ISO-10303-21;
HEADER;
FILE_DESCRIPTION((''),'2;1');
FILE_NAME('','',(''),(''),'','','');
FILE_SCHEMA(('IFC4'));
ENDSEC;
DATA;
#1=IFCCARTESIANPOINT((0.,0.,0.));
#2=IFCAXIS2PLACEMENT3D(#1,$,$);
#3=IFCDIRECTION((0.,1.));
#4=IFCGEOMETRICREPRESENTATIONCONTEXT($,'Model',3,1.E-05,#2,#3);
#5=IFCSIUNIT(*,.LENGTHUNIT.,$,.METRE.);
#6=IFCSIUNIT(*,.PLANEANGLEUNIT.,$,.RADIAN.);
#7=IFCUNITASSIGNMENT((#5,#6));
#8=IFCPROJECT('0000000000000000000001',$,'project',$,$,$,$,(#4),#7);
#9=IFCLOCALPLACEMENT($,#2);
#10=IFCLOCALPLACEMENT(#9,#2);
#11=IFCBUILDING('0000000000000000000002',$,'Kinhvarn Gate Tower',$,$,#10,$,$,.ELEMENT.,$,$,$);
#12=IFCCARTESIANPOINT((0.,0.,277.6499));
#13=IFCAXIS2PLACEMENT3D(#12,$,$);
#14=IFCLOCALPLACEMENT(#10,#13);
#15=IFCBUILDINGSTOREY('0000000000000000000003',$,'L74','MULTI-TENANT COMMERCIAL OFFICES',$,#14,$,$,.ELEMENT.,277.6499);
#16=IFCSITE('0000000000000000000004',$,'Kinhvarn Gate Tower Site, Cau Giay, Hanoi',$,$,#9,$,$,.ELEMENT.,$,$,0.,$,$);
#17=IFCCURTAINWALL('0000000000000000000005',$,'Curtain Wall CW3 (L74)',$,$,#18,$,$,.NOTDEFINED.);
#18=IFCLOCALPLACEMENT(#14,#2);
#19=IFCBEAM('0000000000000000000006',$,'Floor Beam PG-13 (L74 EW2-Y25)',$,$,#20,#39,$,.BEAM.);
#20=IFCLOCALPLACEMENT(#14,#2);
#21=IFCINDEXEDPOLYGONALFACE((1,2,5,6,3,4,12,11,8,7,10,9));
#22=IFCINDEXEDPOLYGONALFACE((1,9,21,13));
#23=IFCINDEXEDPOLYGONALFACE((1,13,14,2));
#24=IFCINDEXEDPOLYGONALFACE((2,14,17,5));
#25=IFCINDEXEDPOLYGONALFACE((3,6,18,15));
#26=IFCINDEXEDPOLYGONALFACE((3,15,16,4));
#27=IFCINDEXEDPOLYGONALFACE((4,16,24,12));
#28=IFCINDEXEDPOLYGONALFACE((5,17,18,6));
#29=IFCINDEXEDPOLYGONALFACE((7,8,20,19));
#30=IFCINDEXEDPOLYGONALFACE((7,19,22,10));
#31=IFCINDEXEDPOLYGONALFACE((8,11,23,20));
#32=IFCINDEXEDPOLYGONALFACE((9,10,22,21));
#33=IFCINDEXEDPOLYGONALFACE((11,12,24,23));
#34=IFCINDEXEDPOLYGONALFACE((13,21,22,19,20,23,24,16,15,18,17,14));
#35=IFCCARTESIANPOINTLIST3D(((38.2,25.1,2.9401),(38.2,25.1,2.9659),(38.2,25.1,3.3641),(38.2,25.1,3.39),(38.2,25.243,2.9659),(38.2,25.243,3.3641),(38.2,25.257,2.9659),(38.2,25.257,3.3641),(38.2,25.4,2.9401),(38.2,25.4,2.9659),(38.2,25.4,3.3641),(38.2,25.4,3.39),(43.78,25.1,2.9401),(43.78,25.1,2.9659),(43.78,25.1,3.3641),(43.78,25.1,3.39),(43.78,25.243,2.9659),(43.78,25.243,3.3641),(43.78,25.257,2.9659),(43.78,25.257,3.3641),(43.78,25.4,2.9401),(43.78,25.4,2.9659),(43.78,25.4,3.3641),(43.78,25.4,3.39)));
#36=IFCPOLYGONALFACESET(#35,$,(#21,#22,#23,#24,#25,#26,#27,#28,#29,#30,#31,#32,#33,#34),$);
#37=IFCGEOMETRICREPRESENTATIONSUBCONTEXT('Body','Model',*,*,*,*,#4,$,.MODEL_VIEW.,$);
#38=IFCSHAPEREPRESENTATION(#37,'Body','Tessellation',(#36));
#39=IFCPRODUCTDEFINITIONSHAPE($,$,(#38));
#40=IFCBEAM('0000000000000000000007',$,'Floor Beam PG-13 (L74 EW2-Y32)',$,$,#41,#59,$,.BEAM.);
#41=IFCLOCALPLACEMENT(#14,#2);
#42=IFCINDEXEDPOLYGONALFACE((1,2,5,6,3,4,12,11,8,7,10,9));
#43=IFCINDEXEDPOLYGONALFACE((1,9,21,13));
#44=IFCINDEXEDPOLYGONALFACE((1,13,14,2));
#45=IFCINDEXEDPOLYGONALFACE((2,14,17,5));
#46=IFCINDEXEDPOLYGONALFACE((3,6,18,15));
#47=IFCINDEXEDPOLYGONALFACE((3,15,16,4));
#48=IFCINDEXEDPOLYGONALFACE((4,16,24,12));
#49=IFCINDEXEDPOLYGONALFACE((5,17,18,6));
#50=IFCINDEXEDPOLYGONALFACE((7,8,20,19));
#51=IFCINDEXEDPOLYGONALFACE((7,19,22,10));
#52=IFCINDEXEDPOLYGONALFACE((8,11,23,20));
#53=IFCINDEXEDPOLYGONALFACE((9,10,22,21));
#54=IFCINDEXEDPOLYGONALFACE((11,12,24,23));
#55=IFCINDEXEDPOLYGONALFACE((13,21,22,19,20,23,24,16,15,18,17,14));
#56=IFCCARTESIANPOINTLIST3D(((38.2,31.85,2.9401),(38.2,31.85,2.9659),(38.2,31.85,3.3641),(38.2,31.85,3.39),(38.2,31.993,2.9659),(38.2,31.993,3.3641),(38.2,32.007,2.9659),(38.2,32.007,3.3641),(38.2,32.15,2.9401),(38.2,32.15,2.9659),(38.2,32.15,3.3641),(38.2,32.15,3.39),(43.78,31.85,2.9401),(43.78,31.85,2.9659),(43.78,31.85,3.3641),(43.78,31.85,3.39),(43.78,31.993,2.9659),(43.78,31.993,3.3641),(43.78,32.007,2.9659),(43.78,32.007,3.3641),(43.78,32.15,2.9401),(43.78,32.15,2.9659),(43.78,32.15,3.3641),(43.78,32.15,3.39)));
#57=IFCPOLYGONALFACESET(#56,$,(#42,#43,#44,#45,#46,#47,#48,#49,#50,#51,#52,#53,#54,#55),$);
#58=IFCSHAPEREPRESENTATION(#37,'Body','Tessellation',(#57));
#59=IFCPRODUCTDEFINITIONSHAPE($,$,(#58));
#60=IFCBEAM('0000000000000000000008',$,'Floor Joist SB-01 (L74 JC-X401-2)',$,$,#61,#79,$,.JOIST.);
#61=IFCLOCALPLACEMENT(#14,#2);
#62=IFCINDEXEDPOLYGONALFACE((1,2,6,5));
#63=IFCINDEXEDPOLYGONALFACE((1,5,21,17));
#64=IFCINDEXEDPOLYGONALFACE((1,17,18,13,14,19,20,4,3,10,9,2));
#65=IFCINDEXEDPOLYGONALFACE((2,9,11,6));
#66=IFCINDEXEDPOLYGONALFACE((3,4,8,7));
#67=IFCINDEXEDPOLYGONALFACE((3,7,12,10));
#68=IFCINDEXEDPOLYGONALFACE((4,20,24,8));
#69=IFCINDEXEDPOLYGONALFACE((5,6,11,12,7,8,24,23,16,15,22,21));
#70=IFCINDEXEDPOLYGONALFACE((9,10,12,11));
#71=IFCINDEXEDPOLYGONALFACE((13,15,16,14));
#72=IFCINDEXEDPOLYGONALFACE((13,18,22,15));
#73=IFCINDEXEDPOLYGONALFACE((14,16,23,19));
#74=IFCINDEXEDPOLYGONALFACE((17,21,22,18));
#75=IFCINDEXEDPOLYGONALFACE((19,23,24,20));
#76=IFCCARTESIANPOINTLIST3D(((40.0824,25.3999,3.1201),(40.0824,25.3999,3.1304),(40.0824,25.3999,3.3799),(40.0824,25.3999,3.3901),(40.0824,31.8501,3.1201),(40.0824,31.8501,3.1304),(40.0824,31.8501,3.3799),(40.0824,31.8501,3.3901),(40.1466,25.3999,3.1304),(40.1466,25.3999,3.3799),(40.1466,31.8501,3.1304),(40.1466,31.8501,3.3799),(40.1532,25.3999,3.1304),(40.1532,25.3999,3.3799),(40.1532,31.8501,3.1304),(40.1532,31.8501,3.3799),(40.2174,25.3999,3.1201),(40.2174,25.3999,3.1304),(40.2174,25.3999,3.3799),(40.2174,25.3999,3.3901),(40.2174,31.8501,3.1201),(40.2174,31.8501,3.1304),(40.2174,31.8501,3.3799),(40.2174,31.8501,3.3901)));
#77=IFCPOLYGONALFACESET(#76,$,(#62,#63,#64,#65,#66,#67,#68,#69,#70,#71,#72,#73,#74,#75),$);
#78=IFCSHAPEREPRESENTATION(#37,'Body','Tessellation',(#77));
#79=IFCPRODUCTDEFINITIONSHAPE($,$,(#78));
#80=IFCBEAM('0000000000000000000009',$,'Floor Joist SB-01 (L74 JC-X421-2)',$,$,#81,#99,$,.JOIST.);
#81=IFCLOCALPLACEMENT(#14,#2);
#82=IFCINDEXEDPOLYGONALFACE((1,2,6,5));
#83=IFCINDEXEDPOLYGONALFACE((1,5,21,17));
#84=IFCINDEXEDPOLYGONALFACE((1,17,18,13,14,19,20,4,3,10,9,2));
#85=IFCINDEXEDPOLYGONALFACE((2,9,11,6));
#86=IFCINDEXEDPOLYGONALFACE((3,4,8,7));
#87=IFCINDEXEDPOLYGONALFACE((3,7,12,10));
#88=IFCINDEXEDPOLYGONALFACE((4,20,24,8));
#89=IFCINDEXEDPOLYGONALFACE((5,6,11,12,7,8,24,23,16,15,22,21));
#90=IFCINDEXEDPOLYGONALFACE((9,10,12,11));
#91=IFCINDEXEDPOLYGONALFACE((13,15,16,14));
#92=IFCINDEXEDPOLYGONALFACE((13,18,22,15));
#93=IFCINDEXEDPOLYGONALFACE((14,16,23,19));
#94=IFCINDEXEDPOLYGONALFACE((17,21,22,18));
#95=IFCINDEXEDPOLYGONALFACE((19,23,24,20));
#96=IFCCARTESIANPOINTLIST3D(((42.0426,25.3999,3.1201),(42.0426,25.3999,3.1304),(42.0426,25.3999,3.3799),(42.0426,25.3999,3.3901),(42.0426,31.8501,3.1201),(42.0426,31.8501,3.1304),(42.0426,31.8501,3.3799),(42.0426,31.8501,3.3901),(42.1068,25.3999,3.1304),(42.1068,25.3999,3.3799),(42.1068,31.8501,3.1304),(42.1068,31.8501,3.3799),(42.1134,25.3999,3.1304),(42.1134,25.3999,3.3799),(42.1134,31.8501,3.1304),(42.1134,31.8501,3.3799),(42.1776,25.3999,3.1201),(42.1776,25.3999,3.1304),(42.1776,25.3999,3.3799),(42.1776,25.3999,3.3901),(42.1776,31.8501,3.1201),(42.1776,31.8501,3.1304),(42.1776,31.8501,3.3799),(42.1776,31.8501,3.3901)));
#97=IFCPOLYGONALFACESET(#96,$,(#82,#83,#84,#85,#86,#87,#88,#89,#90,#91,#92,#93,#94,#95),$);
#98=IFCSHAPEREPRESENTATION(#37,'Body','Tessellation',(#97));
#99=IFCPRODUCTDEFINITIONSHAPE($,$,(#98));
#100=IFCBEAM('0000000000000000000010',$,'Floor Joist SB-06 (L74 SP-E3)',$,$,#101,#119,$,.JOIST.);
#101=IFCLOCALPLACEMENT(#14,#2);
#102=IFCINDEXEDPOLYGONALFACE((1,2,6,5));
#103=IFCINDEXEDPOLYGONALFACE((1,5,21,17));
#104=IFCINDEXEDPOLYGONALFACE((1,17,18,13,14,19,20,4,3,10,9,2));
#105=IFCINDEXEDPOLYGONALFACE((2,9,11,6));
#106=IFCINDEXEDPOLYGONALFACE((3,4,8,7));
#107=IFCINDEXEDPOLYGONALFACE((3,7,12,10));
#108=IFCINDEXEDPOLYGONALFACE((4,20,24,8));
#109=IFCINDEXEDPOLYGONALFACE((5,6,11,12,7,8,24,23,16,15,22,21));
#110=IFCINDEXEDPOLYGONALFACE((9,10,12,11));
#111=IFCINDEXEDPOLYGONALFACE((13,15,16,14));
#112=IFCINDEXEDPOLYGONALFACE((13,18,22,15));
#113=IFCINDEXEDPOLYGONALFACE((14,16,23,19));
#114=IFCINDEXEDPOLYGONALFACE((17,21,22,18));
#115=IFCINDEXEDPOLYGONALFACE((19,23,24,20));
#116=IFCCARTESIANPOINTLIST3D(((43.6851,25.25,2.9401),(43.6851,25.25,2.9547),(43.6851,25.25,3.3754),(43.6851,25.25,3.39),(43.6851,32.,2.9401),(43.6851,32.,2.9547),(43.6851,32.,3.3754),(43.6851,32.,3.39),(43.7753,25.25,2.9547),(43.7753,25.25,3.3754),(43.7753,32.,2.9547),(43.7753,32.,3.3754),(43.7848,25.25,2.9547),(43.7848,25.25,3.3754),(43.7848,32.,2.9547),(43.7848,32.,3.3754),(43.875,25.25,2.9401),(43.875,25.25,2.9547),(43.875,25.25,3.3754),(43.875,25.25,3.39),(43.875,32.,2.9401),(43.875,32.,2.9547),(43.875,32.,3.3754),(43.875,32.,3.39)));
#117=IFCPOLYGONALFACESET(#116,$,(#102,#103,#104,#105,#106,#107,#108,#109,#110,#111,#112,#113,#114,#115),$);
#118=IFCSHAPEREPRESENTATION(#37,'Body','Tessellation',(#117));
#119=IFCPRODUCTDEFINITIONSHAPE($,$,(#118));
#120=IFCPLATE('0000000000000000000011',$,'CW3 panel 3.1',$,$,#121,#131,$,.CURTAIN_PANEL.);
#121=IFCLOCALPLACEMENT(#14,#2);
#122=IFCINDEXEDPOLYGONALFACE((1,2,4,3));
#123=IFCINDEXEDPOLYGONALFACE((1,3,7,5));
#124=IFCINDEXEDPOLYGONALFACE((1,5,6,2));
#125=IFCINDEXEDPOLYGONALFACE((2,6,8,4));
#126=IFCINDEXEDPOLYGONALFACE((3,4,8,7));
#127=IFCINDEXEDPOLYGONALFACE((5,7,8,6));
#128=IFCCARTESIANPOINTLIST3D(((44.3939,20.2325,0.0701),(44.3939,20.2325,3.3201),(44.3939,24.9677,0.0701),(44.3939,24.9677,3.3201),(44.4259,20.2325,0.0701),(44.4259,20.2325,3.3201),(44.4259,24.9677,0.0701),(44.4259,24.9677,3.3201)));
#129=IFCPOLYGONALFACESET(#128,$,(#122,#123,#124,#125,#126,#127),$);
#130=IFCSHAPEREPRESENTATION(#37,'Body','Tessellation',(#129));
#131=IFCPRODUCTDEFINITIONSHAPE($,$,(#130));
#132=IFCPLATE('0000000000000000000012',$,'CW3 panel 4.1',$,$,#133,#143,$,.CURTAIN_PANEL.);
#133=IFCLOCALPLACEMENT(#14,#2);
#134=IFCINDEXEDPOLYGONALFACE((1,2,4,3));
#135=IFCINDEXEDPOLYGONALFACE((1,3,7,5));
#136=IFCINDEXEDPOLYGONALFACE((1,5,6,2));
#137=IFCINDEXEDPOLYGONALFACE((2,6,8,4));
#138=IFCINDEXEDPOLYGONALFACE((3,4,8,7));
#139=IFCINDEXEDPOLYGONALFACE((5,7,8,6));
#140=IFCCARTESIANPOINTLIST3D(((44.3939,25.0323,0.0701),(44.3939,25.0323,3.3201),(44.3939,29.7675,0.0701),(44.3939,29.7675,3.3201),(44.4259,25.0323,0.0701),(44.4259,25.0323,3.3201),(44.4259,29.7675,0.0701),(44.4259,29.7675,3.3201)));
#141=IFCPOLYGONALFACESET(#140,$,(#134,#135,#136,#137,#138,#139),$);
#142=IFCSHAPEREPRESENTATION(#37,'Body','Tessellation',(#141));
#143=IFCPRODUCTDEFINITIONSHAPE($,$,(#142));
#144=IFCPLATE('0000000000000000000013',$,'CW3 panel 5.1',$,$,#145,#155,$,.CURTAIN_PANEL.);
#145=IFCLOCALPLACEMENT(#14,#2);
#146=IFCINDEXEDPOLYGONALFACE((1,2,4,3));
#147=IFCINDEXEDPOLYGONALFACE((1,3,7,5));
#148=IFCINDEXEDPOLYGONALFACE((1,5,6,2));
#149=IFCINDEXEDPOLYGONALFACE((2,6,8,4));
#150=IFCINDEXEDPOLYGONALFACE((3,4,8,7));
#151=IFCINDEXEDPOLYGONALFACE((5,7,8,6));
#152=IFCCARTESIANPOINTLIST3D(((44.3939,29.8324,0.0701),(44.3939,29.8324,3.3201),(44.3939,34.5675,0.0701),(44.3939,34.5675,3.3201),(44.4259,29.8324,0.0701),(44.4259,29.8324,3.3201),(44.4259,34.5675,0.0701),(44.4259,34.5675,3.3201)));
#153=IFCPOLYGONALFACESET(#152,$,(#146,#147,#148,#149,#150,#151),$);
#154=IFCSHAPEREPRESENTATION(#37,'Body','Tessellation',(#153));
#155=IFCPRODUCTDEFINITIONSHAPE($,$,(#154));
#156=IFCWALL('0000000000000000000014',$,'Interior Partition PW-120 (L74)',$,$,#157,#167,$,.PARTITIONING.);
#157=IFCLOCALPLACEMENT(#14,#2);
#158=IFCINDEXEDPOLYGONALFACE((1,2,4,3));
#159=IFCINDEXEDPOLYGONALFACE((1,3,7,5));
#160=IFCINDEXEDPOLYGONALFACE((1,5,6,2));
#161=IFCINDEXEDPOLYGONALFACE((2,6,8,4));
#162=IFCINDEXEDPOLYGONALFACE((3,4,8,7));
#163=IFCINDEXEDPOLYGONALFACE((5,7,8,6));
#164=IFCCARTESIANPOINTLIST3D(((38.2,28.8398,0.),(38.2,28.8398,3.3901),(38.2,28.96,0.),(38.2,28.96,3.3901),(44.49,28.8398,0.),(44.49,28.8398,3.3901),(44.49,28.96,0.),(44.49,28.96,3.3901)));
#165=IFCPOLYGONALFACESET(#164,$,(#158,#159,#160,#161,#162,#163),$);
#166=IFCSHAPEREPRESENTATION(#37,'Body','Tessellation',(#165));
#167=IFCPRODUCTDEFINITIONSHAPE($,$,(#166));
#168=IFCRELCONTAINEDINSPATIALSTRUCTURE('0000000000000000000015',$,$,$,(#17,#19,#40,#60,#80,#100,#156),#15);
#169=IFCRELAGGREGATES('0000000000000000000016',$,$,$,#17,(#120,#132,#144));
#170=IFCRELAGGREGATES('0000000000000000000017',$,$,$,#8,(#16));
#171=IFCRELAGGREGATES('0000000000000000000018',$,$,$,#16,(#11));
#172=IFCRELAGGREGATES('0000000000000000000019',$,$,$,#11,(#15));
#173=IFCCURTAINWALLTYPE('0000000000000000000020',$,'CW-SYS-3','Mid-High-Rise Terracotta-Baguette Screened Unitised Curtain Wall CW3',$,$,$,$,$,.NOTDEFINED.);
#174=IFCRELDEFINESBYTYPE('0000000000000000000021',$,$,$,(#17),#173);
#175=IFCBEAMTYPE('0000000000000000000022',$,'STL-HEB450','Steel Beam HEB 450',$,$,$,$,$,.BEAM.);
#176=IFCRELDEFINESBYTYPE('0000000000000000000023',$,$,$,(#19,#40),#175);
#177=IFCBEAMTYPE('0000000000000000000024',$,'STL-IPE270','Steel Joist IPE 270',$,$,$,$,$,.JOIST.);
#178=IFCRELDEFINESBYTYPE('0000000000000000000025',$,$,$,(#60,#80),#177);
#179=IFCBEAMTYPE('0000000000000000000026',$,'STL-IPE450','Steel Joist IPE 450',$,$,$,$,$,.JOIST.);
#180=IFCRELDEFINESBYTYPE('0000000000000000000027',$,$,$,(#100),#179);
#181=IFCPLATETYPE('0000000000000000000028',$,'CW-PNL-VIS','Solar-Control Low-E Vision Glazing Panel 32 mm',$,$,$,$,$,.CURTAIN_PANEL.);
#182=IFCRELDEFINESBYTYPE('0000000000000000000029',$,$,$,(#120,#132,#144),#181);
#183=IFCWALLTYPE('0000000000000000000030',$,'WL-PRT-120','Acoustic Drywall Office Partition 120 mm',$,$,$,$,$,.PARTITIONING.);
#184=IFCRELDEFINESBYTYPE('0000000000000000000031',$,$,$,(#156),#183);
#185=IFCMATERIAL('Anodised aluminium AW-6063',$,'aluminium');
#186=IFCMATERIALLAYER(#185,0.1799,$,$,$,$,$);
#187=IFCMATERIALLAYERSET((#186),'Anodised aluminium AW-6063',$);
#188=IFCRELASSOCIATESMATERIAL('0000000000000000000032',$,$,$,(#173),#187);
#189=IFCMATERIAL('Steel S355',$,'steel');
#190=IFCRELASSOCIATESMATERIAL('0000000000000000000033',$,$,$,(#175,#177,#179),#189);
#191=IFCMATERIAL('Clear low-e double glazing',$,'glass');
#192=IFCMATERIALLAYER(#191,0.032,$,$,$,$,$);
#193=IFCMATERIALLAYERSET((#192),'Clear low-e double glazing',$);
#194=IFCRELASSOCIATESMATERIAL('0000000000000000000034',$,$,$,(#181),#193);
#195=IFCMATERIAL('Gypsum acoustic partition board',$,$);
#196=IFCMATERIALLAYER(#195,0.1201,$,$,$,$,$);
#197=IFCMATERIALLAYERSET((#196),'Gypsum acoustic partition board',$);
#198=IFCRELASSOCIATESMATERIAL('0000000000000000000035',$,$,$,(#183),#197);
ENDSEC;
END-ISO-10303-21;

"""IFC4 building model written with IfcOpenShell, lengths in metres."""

from ifc_helpers import new_model, si_unit, direction, frame, frame_2d, origin, origin_2d, place, context, subcontext, project, spatial, rectangle, i_section, extrude, material, layer, layer_set, material_profile, profile_set, type_object, element, aggregate, save


model = new_model("IFC4")

# Units and contexts
model_context = context("Model", 3, precision=1e-05, world=origin(), true_north=direction((0.0, 1.0)))
body_context = subcontext(model_context, "Body", "Model", "MODEL_VIEW")
ifc_project = project(units=[si_unit("LENGTHUNIT", "METRE"), si_unit("PLANEANGLEUNIT", "RADIAN")], contexts=[model_context])

# Site, building, storey
site_placement = place(None, origin())
site = spatial("IfcSite", under=ifc_project, at=site_placement, Name="Kinhvarn Gate Tower Site, Cau Giay, Hanoi", CompositionType="ELEMENT", RefElevation=0.0)
building_placement = place(site_placement, origin())
building = spatial("IfcBuilding", under=site, at=building_placement, Name="Kinhvarn Gate Tower", CompositionType="ELEMENT")
storey_placement = place(building_placement, frame((0.0, 0.0, 277.6499)))
storey = spatial("IfcBuildingStorey", under=building, at=storey_placement, Name="L74", Description="MULTI-TENANT COMMERCIAL OFFICES", CompositionType="ELEMENT", Elevation=277.6499)

# Curtain wall
ifc_material_1 = material(Name="Anodised aluminium AW-6063", Category="aluminium")
ifc_layer_1 = layer(ifc_material_1, 0.1799)
ifc_layer_set_1 = layer_set([ifc_layer_1], Name="Anodised aluminium AW-6063")
curtain_wall_type = type_object("IfcCurtainWallType", Name="CW-SYS-3", Description="Mid-High-Rise Terracotta-Baguette Screened Unitised Curtain Wall CW3", PredefinedType="NOTDEFINED", material=ifc_layer_set_1)
curtain_wall_placement = place(storey_placement, origin())
curtain_wall = element("IfcCurtainWall", 1, at=curtain_wall_placement, inside=storey, type_object=curtain_wall_type, Name="Curtain Wall CW3 (L74)", PredefinedType="NOTDEFINED")

# Beams
ifc_material_2 = material(Name="Steel S355", Category="steel")
ifc_material_profile_1 = material_profile(ifc_material_2, i_section(OverallWidth=0.3, OverallDepth=0.45, WebThickness=0.0139, FlangeThickness=0.0259, at=origin_2d()), Name="HEB 450")
ifc_profile_set_1 = profile_set([ifc_material_profile_1], Name="Steel S355")
beam_type_1 = type_object("IfcBeamType", Name="STL-HEB450", Description="Steel Beam HEB 450", PredefinedType="BEAM", material=ifc_profile_set_1)
for number, where, z_axis, x_axis, name in (
    (2, (38.2, 25.25, 3.165), (1.0, 0.0, 0.0), (0.0, 1.0, 0.0), "Floor Beam PG-13 (L74 EW2-Y25)"),
    (3, (38.2, 32.0, 3.165), (1.0, 0.0, 0.0), (0.0, 1.0, 0.0), "Floor Beam PG-13 (L74 EW2-Y32)"),
):
    element("IfcBeam", number, at=place(storey_placement, frame(where, z_axis=z_axis, x_axis=x_axis)), inside=storey, type_object=beam_type_1, Name=name, PredefinedType="BEAM", context=body_context, shape_type="SweptSolid", body=[
        extrude(i_section(OverallWidth=0.3, OverallDepth=0.45, WebThickness=0.0139, FlangeThickness=0.0259, at=origin_2d()), origin(), (0.0, 0.0, 1.0), 5.5801),
    ])
ifc_material_profile_2 = material_profile(ifc_material_2, i_section(OverallWidth=0.135, OverallDepth=0.27, WebThickness=0.0066, FlangeThickness=0.0103, at=origin_2d()), Name="IPE 270")
ifc_profile_set_2 = profile_set([ifc_material_profile_2], Name="Steel S355")
beam_type_2 = type_object("IfcBeamType", Name="STL-IPE270", Description="Steel Joist IPE 270", PredefinedType="JOIST", material=ifc_profile_set_2)
for number, where, z_axis, x_axis, name in (
    (4, (40.1499, 25.3999, 3.2551), (0.0, 1.0, 0.0), (-1.0, 0.0, 0.0), "Floor Joist SB-01 (L74 JC-X401-2)"),
    (5, (42.1101, 25.3999, 3.2551), (0.0, 1.0, 0.0), (-1.0, 0.0, 0.0), "Floor Joist SB-01 (L74 JC-X421-2)"),
):
    element("IfcBeam", number, at=place(storey_placement, frame(where, z_axis=z_axis, x_axis=x_axis)), inside=storey, type_object=beam_type_2, Name=name, PredefinedType="JOIST", context=body_context, shape_type="SweptSolid", body=[
        extrude(i_section(OverallWidth=0.135, OverallDepth=0.27, WebThickness=0.0066, FlangeThickness=0.0103, at=origin_2d()), origin(), (0.0, 0.0, 1.0), 6.4502),
    ])
ifc_material_profile_3 = material_profile(ifc_material_2, i_section(OverallWidth=0.1899, OverallDepth=0.45, WebThickness=0.0095, FlangeThickness=0.0146, at=origin_2d()), Name="IPE 450")
ifc_profile_set_3 = profile_set([ifc_material_profile_3], Name="Steel S355")
beam_type_3 = type_object("IfcBeamType", Name="STL-IPE450", Description="Steel Joist IPE 450", PredefinedType="JOIST", material=ifc_profile_set_3)
beam_1_placement = place(storey_placement, frame((43.78, 25.25, 3.165), z_axis=(0.0, 1.0, 0.0), x_axis=(-1.0, 0.0, 0.0)))
element("IfcBeam", 6, at=beam_1_placement, inside=storey, type_object=beam_type_3, Name="Floor Joist SB-06 (L74 SP-E3)", PredefinedType="JOIST", context=body_context, shape_type="SweptSolid", body=[
    extrude(i_section(OverallWidth=0.1899, OverallDepth=0.45, WebThickness=0.0095, FlangeThickness=0.0146, at=origin_2d()), origin(), (0.0, 0.0, 1.0), 6.75),
])

# Plates
ifc_material_3 = material(Name="Clear low-e double glazing", Category="glass")
ifc_layer_2 = layer(ifc_material_3, 0.032)
ifc_layer_set_2 = layer_set([ifc_layer_2], Name="Clear low-e double glazing")
plate_type = type_object("IfcPlateType", Name="CW-PNL-VIS", Description="Solar-Control Low-E Vision Glazing Panel 32 mm", PredefinedType="CURTAIN_PANEL", material=ifc_layer_set_2)
plate_1_placement = place(storey_placement, frame((44.4099, 22.6001, 0.0701), z_axis=(0.0, 0.0, 1.0), x_axis=(0.0, 1.0, 0.0)))
plate_1 = element("IfcPlate", 7, at=plate_1_placement, type_object=plate_type, Name="CW3 panel 3.1", PredefinedType="CURTAIN_PANEL", context=body_context, shape_type="SweptSolid", body=[
    extrude(rectangle(XDim=4.7351, YDim=0.032, at=origin_2d()), origin(), (0.0, 0.0, 1.0), 3.25),
])
plate_2_placement = place(storey_placement, frame((44.4099, 27.3999, 0.0701), z_axis=(0.0, 0.0, 1.0), x_axis=(0.0, 1.0, 0.0)))
plate_2 = element("IfcPlate", 8, at=plate_2_placement, type_object=plate_type, Name="CW3 panel 4.1", PredefinedType="CURTAIN_PANEL", context=body_context, shape_type="SweptSolid", body=[
    extrude(rectangle(XDim=4.7351, YDim=0.032, at=origin_2d()), origin(), (0.0, 0.0, 1.0), 3.25),
])
plate_3_placement = place(storey_placement, frame((44.4099, 32.2, 0.0701), z_axis=(0.0, 0.0, 1.0), x_axis=(0.0, 1.0, 0.0)))
plate_3 = element("IfcPlate", 9, at=plate_3_placement, type_object=plate_type, Name="CW3 panel 5.1", PredefinedType="CURTAIN_PANEL", context=body_context, shape_type="SweptSolid", body=[
    extrude(rectangle(XDim=4.7351, YDim=0.032, at=origin_2d()), origin(), (0.0, 0.0, 1.0), 3.25),
])
aggregate(curtain_wall, [plate_1, plate_2, plate_3])

# Wall
ifc_material_4 = material(Name="Gypsum acoustic partition board")
ifc_layer_3 = layer(ifc_material_4, 0.1201)
ifc_layer_set_3 = layer_set([ifc_layer_3], Name="Gypsum acoustic partition board")
wall_type_1 = type_object("IfcWallType", Name="WL-PRT-120", Description="Acoustic Drywall Office Partition 120 mm", PredefinedType="PARTITIONING", material=ifc_layer_set_3)
wall_1_placement = place(storey_placement, frame((38.2, 28.8999, 0.0), z_axis=(0.0, 0.0, 1.0), x_axis=(1.0, 0.0, 0.0)))
element("IfcWall", 10, at=wall_1_placement, inside=storey, type_object=wall_type_1, Name="Interior Partition PW-120 (L74)", PredefinedType="PARTITIONING", context=body_context, shape_type="SweptSolid", body=[
    extrude(rectangle(XDim=6.29, YDim=0.1201, at=frame_2d((3.145, 0.0))), origin(), (0.0, 0.0, 1.0), 3.3901),
])

save(model, "model.ifc")
